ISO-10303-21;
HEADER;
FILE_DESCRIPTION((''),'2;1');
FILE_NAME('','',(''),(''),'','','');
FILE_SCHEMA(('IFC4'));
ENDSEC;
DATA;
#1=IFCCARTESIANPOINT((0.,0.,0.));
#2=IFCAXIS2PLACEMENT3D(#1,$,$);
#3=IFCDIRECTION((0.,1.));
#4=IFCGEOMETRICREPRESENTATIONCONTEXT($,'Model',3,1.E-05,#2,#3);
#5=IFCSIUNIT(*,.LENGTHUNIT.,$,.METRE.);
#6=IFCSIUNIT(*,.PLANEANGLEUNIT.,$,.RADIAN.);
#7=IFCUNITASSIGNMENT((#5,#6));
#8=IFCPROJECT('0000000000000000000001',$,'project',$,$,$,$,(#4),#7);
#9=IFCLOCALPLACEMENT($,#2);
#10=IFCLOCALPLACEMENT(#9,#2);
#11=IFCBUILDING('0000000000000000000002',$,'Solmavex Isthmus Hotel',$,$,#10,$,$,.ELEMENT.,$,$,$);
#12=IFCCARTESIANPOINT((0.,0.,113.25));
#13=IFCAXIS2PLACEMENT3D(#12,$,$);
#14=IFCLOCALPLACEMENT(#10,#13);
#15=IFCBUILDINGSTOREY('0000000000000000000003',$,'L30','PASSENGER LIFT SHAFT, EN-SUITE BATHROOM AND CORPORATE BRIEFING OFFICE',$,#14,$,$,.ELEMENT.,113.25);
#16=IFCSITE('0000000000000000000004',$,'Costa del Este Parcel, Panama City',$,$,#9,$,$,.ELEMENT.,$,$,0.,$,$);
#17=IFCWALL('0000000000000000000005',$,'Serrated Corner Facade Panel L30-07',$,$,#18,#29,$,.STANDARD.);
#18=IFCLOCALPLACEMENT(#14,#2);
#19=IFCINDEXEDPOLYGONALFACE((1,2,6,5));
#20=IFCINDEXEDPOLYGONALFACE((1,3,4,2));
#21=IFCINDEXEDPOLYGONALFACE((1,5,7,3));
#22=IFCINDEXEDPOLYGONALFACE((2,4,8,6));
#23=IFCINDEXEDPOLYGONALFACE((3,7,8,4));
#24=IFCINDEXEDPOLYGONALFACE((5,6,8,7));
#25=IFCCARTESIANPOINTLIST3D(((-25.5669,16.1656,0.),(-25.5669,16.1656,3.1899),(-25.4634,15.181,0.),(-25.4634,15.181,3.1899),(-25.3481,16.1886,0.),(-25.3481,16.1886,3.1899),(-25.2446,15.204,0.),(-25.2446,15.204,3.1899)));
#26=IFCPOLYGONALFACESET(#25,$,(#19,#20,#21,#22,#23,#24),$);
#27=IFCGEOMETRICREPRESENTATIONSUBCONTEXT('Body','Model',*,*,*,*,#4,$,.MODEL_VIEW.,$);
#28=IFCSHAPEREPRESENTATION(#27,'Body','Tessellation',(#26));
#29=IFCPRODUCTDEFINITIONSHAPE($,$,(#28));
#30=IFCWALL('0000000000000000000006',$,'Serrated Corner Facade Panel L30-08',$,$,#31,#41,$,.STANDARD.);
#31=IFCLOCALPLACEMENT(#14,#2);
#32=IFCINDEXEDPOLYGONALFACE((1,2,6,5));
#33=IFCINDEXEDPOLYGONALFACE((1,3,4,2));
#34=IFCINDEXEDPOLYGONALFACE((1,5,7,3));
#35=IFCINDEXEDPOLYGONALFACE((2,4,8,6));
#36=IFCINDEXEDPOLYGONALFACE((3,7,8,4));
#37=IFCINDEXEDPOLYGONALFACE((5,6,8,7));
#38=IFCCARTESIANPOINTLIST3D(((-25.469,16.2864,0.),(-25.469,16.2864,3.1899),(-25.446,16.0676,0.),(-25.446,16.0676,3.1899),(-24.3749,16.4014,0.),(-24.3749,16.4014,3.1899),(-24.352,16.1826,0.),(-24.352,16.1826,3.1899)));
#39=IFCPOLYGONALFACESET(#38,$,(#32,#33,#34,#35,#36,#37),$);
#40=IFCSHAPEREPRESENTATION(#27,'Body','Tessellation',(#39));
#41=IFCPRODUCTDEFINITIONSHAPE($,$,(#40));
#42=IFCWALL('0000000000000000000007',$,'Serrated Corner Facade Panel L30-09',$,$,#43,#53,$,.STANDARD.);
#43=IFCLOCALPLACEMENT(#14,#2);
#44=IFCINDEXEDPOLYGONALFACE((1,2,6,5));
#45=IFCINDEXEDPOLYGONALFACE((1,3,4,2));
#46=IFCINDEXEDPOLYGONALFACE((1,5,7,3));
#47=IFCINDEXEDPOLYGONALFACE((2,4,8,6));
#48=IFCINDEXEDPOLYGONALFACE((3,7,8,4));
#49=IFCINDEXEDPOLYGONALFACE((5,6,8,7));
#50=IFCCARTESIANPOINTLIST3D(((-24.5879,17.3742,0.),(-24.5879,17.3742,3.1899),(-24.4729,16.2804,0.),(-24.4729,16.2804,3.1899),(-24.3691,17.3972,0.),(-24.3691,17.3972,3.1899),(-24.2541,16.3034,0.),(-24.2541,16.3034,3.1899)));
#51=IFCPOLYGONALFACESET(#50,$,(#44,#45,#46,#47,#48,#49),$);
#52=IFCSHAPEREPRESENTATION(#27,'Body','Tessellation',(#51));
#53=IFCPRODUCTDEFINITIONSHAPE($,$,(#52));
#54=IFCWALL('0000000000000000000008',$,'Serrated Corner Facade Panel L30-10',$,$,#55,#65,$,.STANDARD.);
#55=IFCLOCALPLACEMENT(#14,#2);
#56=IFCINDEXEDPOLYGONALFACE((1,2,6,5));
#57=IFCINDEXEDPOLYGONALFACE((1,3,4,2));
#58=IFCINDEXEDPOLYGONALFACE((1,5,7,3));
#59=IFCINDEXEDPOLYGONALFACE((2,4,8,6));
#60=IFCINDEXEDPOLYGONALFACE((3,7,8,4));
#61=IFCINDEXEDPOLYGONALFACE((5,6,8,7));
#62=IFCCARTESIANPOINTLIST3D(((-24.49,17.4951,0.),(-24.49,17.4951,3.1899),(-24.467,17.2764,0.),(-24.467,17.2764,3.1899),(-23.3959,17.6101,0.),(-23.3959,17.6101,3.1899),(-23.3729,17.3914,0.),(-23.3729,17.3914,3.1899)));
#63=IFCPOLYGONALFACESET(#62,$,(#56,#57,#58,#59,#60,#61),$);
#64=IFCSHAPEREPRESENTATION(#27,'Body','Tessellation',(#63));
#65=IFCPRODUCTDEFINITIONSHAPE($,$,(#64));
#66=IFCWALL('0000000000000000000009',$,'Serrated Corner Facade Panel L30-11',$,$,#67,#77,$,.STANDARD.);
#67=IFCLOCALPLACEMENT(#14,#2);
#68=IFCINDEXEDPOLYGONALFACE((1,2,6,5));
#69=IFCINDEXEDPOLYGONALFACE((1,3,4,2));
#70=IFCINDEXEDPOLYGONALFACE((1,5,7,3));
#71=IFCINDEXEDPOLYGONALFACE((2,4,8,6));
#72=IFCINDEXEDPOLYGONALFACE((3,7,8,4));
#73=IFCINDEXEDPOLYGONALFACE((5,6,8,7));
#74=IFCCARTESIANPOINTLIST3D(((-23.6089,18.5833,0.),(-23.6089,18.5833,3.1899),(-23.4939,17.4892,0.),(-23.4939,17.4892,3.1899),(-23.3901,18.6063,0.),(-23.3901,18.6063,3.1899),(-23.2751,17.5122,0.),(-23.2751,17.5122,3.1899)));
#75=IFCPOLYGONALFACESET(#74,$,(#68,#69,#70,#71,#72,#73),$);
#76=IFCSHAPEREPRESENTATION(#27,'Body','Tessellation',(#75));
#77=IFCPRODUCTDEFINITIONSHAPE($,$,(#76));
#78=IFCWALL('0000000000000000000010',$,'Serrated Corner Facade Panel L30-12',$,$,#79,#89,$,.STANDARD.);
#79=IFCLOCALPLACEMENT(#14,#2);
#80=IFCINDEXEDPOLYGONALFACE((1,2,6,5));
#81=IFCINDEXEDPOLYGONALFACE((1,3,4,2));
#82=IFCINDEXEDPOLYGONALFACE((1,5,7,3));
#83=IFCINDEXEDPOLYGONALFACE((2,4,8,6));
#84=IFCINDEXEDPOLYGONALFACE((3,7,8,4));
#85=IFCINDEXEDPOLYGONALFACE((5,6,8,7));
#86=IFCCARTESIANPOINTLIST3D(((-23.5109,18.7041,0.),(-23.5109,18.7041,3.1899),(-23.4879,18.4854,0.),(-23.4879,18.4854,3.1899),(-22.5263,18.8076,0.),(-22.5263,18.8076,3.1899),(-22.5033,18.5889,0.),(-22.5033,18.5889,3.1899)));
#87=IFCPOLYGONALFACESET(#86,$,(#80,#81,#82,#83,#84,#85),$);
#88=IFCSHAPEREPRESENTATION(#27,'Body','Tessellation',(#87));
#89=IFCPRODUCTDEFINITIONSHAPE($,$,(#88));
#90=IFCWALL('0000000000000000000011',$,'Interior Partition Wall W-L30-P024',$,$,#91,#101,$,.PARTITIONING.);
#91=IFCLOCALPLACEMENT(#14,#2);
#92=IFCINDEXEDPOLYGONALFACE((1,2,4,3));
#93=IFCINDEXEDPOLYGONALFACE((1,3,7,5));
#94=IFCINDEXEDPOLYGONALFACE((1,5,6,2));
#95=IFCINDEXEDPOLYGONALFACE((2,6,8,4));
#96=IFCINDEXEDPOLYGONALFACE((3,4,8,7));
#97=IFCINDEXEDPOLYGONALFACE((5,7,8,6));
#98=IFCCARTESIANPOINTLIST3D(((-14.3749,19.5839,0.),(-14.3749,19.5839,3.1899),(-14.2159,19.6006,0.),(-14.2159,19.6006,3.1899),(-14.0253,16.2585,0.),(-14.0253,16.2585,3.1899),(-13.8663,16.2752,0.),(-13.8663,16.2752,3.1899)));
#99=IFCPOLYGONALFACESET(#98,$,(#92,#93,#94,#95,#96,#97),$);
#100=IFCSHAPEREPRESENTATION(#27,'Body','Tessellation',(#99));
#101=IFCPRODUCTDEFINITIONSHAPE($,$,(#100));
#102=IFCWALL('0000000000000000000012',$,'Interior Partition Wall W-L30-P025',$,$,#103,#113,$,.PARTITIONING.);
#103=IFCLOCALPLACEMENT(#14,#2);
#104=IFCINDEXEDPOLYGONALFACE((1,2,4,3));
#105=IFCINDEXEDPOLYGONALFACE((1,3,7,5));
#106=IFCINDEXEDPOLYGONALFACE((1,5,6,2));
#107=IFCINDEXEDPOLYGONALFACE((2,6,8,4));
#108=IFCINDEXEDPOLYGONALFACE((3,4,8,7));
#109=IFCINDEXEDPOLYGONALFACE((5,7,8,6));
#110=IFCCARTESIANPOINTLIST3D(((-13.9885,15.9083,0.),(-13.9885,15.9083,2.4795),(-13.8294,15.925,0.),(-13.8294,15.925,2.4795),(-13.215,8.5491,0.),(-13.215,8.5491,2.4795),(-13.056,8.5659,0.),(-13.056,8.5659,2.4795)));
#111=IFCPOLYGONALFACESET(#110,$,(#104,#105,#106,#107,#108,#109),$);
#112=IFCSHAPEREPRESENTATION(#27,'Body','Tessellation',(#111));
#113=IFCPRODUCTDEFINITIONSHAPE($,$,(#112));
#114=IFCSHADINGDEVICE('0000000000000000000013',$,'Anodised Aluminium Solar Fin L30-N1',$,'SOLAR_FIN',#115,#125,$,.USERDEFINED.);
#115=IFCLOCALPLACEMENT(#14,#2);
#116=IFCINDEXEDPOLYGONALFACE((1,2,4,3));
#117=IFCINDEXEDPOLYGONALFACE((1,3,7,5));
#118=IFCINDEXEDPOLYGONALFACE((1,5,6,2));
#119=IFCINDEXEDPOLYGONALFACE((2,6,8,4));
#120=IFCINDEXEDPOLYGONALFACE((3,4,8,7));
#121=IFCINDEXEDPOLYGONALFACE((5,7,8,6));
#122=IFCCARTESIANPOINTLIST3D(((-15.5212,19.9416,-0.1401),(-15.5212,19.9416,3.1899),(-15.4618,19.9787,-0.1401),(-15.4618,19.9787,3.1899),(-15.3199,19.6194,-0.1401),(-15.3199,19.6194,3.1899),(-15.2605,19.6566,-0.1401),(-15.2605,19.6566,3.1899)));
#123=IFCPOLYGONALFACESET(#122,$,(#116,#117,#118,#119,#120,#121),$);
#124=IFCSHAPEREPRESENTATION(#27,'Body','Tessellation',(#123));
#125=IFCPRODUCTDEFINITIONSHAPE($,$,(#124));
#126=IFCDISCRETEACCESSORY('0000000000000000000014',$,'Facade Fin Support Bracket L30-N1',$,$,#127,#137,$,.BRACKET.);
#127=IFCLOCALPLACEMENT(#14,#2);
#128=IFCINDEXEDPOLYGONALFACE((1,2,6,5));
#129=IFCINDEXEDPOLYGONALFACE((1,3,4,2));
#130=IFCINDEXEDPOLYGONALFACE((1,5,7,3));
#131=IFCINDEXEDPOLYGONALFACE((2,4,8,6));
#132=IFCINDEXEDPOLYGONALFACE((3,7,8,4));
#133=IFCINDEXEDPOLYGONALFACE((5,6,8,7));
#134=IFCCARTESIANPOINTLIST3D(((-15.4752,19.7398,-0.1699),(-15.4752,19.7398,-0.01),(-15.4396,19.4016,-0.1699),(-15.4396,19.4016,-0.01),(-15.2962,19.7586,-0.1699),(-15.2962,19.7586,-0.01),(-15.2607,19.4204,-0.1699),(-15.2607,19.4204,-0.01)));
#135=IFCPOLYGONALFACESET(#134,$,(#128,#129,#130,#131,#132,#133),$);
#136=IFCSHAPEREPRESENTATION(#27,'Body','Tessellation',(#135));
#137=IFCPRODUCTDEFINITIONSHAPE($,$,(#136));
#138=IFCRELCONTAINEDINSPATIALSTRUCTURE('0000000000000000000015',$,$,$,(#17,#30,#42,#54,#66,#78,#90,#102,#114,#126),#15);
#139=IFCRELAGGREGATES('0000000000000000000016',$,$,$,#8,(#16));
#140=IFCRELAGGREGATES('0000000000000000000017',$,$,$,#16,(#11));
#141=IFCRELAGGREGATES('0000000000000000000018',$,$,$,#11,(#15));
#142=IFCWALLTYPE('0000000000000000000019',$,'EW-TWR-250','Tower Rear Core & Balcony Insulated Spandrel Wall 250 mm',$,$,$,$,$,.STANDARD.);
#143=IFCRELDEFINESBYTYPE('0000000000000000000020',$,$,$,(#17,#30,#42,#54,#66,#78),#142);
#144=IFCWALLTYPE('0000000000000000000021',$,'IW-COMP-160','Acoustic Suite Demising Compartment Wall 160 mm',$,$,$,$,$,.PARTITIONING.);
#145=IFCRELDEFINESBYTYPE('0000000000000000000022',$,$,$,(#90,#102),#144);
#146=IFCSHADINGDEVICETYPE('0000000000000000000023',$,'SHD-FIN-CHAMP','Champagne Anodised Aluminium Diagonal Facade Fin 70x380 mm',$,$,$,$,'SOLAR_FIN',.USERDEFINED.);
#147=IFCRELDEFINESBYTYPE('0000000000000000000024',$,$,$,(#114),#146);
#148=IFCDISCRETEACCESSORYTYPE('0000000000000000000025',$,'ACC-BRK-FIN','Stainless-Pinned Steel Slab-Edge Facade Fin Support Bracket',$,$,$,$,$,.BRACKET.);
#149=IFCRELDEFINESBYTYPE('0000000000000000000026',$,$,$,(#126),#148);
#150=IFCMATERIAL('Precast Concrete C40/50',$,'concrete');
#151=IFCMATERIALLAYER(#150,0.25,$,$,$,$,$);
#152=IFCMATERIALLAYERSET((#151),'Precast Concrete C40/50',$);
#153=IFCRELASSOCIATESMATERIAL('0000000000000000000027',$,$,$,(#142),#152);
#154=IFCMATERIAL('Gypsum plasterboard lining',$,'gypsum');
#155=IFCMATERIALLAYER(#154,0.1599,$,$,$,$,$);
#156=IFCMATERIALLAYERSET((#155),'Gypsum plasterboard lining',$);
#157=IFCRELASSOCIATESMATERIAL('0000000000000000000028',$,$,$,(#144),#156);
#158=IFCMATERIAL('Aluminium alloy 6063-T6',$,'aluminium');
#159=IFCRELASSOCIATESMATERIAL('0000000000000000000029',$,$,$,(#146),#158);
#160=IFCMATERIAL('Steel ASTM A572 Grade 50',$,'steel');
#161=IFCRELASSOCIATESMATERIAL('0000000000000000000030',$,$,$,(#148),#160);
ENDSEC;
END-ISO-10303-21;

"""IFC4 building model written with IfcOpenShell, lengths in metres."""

from ifc_helpers import new_model, si_unit, direction, frame, frame_2d, origin, origin_2d, place, context, subcontext, project, spatial, rectangle, extrude, material, layer, layer_set, type_object, element, save


model = new_model("IFC4")

# Units and contexts
model_context = context("Model", 3, precision=1e-05, world=origin(), true_north=direction((0.0, 1.0)))
body_context = subcontext(model_context, "Body", "Model", "MODEL_VIEW")
ifc_project = project(units=[si_unit("LENGTHUNIT", "METRE"), si_unit("PLANEANGLEUNIT", "RADIAN")], contexts=[model_context])

# Site, building, storey
site_placement = place(None, origin())
site = spatial("IfcSite", under=ifc_project, at=site_placement, Name="Costa del Este Parcel, Panama City", CompositionType="ELEMENT", RefElevation=0.0)
building_placement = place(site_placement, origin())
building = spatial("IfcBuilding", under=site, at=building_placement, Name="Solmavex Isthmus Hotel", CompositionType="ELEMENT")
storey_placement = place(building_placement, frame((0.0, 0.0, 113.25)))
storey = spatial("IfcBuildingStorey", under=building, at=storey_placement, Name="L30", Description="PASSENGER LIFT SHAFT, EN-SUITE BATHROOM AND CORPORATE BRIEFING OFFICE", CompositionType="ELEMENT", Elevation=113.25)

# Shared definitions
ifc_material_1 = material(Name="Aluminium alloy 6063-T6", Category="aluminium")

# Walls
ifc_material_2 = material(Name="Precast Concrete C40/50", Category="concrete")
ifc_layer_1 = layer(ifc_material_2, 0.25)
ifc_layer_set_1 = layer_set([ifc_layer_1], Name="Precast Concrete C40/50")
wall_type_1 = type_object("IfcWallType", Name="EW-TWR-250", Description="Tower Rear Core & Balcony Insulated Spandrel Wall 250 mm", PredefinedType="STANDARD", material=ifc_layer_set_1)
wall_1_placement = place(storey_placement, frame((-25.354, 15.1924, 0.0), z_axis=(0.0, 0.0, 1.0), x_axis=(-0.104556, 0.994519, 0.0)))
element("IfcWall", 1, at=wall_1_placement, inside=storey, type_object=wall_type_1, Name="Serrated Corner Facade Panel L30-07", PredefinedType="STANDARD", context=body_context, shape_type="SweptSolid", body=[
    extrude(rectangle(XDim=0.99, YDim=0.22, at=frame_2d((0.4951, 0.0))), origin(), (0.0, 0.0, 1.0), 3.1899),
])
wall_2_placement = place(storey_placement, frame((-25.4575, 16.177, 0.0), z_axis=(0.0, 0.0, 1.0), x_axis=(0.994521, 0.104535, 0.0)))
element("IfcWall", 2, at=wall_2_placement, inside=storey, type_object=wall_type_1, Name="Serrated Corner Facade Panel L30-08", PredefinedType="STANDARD", context=body_context, shape_type="SweptSolid", body=[
    extrude(rectangle(XDim=1.1001, YDim=0.22, at=frame_2d((0.55, 0.0))), origin(), (0.0, 0.0, 1.0), 3.1899),
])
wall_3_placement = place(storey_placement, frame((-24.3635, 16.292, 0.0), z_axis=(0.0, 0.0, 1.0), x_axis=(-0.104558, 0.994519, 0.0)))
element("IfcWall", 3, at=wall_3_placement, inside=storey, type_object=wall_type_1, Name="Serrated Corner Facade Panel L30-09", PredefinedType="STANDARD", context=body_context, shape_type="SweptSolid", body=[
    extrude(rectangle(XDim=1.0999, YDim=0.22, at=frame_2d((0.5498, 0.0))), origin(), (0.0, 0.0, 1.0), 3.1899),
])
for number, where, z_axis, x_axis, name in (
    (4, (-24.4785, 17.3857, 0.0), (0.0, 0.0, 1.0), (0.994521, 0.104535, 0.0), "Serrated Corner Facade Panel L30-10"),
    (5, (-23.3845, 17.5007, 0.0), (0.0, 0.0, 1.0), (-0.104535, 0.994521, 0.0), "Serrated Corner Facade Panel L30-11"),
):
    element("IfcWall", number, at=place(storey_placement, frame(where, z_axis=z_axis, x_axis=x_axis)), inside=storey, type_object=wall_type_1, Name=name, PredefinedType="STANDARD", context=body_context, shape_type="SweptSolid", body=[
        extrude(rectangle(XDim=1.1001, YDim=0.22, at=frame_2d((0.55, 0.0))), origin(), (0.0, 0.0, 1.0), 3.1899),
    ])
wall_4_placement = place(storey_placement, frame((-23.4995, 18.5947, 0.0), z_axis=(0.0, 0.0, 1.0), x_axis=(0.994519, 0.104556, 0.0)))
element("IfcWall", 6, at=wall_4_placement, inside=storey, type_object=wall_type_1, Name="Serrated Corner Facade Panel L30-12", PredefinedType="STANDARD", context=body_context, shape_type="SweptSolid", body=[
    extrude(rectangle(XDim=0.99, YDim=0.22, at=frame_2d((0.4951, 0.0))), origin(), (0.0, 0.0, 1.0), 3.1899),
])
ifc_material_3 = material(Name="Gypsum plasterboard lining", Category="gypsum")
ifc_layer_2 = layer(ifc_material_3, 0.1599)
ifc_layer_set_2 = layer_set([ifc_layer_2], Name="Gypsum plasterboard lining")
wall_type_2 = type_object("IfcWallType", Name="IW-COMP-160", Description="Acoustic Suite Demising Compartment Wall 160 mm", PredefinedType="PARTITIONING", material=ifc_layer_set_2)
wall_5_placement = place(storey_placement, frame((-14.2954, 19.5923, 0.0), z_axis=(0.0, 0.0, 1.0), x_axis=(0.104556, -0.994519, 0.0)))
element("IfcWall", 7, at=wall_5_placement, inside=storey, type_object=wall_type_2, Name="Interior Partition Wall W-L30-P024", PredefinedType="PARTITIONING", context=body_context, shape_type="SweptSolid", body=[
    extrude(rectangle(XDim=3.3438, YDim=0.1599, at=frame_2d((1.6719, 0.0))), origin(), (0.0, 0.0, 1.0), 3.1899),
])
wall_6_placement = place(storey_placement, frame((-13.9089, 15.9165, 0.0), z_axis=(0.0, 0.0, 1.0), x_axis=(0.104523, -0.994522, 0.0)))
element("IfcWall", 8, at=wall_6_placement, inside=storey, type_object=wall_type_2, Name="Interior Partition Wall W-L30-P025", PredefinedType="PARTITIONING", context=body_context, shape_type="SweptSolid", body=[
    extrude(rectangle(XDim=7.3997, YDim=0.1599, at=frame_2d((3.6997, 0.0))), origin(), (0.0, 0.0, 1.0), 2.4795),
])

# Shading device
shading_device_type = type_object("IfcShadingDeviceType", Name="SHD-FIN-CHAMP", Description="Champagne Anodised Aluminium Diagonal Facade Fin 70x380 mm", ElementType="SOLAR_FIN", PredefinedType="USERDEFINED", material=ifc_material_1)
shading_device_placement = place(storey_placement, frame((-15.3909, 19.7991, -0.1401), z_axis=(0.0, 0.0, 1.0), x_axis=(-0.529919, 0.848048, 0.0)))
element("IfcShadingDevice", 9, at=shading_device_placement, inside=storey, type_object=shading_device_type, Name="Anodised Aluminium Solar Fin L30-N1", ObjectType="SOLAR_FIN", PredefinedType="USERDEFINED", context=body_context, shape_type="SweptSolid", body=[
    extrude(rectangle(XDim=0.3799, YDim=0.0701, at=origin_2d()), origin(), (0.0, 0.0, 1.0), 3.3301),
])

# Discrete accessory
ifc_material_4 = material(Name="Steel ASTM A572 Grade 50", Category="steel")
discrete_accessory_type = type_object("IfcDiscreteAccessoryType", Name="ACC-BRK-FIN", Description="Stainless-Pinned Steel Slab-Edge Facade Fin Support Bracket", PredefinedType="BRACKET", material=ifc_material_4)
discrete_accessory_placement = place(storey_placement, frame((-15.3679, 19.5801, -0.1699), z_axis=(0.0, 0.0, 1.0), x_axis=(-0.104528, 0.994522, 0.0)))
element("IfcDiscreteAccessory", 10, at=discrete_accessory_placement, inside=storey, type_object=discrete_accessory_type, Name="Facade Fin Support Bracket L30-N1", PredefinedType="BRACKET", context=body_context, shape_type="SweptSolid", body=[
    extrude(rectangle(XDim=0.3401, YDim=0.1799, at=origin_2d()), origin(), (0.0, 0.0, 1.0), 0.1599),
])

save(model, "model.ifc")
